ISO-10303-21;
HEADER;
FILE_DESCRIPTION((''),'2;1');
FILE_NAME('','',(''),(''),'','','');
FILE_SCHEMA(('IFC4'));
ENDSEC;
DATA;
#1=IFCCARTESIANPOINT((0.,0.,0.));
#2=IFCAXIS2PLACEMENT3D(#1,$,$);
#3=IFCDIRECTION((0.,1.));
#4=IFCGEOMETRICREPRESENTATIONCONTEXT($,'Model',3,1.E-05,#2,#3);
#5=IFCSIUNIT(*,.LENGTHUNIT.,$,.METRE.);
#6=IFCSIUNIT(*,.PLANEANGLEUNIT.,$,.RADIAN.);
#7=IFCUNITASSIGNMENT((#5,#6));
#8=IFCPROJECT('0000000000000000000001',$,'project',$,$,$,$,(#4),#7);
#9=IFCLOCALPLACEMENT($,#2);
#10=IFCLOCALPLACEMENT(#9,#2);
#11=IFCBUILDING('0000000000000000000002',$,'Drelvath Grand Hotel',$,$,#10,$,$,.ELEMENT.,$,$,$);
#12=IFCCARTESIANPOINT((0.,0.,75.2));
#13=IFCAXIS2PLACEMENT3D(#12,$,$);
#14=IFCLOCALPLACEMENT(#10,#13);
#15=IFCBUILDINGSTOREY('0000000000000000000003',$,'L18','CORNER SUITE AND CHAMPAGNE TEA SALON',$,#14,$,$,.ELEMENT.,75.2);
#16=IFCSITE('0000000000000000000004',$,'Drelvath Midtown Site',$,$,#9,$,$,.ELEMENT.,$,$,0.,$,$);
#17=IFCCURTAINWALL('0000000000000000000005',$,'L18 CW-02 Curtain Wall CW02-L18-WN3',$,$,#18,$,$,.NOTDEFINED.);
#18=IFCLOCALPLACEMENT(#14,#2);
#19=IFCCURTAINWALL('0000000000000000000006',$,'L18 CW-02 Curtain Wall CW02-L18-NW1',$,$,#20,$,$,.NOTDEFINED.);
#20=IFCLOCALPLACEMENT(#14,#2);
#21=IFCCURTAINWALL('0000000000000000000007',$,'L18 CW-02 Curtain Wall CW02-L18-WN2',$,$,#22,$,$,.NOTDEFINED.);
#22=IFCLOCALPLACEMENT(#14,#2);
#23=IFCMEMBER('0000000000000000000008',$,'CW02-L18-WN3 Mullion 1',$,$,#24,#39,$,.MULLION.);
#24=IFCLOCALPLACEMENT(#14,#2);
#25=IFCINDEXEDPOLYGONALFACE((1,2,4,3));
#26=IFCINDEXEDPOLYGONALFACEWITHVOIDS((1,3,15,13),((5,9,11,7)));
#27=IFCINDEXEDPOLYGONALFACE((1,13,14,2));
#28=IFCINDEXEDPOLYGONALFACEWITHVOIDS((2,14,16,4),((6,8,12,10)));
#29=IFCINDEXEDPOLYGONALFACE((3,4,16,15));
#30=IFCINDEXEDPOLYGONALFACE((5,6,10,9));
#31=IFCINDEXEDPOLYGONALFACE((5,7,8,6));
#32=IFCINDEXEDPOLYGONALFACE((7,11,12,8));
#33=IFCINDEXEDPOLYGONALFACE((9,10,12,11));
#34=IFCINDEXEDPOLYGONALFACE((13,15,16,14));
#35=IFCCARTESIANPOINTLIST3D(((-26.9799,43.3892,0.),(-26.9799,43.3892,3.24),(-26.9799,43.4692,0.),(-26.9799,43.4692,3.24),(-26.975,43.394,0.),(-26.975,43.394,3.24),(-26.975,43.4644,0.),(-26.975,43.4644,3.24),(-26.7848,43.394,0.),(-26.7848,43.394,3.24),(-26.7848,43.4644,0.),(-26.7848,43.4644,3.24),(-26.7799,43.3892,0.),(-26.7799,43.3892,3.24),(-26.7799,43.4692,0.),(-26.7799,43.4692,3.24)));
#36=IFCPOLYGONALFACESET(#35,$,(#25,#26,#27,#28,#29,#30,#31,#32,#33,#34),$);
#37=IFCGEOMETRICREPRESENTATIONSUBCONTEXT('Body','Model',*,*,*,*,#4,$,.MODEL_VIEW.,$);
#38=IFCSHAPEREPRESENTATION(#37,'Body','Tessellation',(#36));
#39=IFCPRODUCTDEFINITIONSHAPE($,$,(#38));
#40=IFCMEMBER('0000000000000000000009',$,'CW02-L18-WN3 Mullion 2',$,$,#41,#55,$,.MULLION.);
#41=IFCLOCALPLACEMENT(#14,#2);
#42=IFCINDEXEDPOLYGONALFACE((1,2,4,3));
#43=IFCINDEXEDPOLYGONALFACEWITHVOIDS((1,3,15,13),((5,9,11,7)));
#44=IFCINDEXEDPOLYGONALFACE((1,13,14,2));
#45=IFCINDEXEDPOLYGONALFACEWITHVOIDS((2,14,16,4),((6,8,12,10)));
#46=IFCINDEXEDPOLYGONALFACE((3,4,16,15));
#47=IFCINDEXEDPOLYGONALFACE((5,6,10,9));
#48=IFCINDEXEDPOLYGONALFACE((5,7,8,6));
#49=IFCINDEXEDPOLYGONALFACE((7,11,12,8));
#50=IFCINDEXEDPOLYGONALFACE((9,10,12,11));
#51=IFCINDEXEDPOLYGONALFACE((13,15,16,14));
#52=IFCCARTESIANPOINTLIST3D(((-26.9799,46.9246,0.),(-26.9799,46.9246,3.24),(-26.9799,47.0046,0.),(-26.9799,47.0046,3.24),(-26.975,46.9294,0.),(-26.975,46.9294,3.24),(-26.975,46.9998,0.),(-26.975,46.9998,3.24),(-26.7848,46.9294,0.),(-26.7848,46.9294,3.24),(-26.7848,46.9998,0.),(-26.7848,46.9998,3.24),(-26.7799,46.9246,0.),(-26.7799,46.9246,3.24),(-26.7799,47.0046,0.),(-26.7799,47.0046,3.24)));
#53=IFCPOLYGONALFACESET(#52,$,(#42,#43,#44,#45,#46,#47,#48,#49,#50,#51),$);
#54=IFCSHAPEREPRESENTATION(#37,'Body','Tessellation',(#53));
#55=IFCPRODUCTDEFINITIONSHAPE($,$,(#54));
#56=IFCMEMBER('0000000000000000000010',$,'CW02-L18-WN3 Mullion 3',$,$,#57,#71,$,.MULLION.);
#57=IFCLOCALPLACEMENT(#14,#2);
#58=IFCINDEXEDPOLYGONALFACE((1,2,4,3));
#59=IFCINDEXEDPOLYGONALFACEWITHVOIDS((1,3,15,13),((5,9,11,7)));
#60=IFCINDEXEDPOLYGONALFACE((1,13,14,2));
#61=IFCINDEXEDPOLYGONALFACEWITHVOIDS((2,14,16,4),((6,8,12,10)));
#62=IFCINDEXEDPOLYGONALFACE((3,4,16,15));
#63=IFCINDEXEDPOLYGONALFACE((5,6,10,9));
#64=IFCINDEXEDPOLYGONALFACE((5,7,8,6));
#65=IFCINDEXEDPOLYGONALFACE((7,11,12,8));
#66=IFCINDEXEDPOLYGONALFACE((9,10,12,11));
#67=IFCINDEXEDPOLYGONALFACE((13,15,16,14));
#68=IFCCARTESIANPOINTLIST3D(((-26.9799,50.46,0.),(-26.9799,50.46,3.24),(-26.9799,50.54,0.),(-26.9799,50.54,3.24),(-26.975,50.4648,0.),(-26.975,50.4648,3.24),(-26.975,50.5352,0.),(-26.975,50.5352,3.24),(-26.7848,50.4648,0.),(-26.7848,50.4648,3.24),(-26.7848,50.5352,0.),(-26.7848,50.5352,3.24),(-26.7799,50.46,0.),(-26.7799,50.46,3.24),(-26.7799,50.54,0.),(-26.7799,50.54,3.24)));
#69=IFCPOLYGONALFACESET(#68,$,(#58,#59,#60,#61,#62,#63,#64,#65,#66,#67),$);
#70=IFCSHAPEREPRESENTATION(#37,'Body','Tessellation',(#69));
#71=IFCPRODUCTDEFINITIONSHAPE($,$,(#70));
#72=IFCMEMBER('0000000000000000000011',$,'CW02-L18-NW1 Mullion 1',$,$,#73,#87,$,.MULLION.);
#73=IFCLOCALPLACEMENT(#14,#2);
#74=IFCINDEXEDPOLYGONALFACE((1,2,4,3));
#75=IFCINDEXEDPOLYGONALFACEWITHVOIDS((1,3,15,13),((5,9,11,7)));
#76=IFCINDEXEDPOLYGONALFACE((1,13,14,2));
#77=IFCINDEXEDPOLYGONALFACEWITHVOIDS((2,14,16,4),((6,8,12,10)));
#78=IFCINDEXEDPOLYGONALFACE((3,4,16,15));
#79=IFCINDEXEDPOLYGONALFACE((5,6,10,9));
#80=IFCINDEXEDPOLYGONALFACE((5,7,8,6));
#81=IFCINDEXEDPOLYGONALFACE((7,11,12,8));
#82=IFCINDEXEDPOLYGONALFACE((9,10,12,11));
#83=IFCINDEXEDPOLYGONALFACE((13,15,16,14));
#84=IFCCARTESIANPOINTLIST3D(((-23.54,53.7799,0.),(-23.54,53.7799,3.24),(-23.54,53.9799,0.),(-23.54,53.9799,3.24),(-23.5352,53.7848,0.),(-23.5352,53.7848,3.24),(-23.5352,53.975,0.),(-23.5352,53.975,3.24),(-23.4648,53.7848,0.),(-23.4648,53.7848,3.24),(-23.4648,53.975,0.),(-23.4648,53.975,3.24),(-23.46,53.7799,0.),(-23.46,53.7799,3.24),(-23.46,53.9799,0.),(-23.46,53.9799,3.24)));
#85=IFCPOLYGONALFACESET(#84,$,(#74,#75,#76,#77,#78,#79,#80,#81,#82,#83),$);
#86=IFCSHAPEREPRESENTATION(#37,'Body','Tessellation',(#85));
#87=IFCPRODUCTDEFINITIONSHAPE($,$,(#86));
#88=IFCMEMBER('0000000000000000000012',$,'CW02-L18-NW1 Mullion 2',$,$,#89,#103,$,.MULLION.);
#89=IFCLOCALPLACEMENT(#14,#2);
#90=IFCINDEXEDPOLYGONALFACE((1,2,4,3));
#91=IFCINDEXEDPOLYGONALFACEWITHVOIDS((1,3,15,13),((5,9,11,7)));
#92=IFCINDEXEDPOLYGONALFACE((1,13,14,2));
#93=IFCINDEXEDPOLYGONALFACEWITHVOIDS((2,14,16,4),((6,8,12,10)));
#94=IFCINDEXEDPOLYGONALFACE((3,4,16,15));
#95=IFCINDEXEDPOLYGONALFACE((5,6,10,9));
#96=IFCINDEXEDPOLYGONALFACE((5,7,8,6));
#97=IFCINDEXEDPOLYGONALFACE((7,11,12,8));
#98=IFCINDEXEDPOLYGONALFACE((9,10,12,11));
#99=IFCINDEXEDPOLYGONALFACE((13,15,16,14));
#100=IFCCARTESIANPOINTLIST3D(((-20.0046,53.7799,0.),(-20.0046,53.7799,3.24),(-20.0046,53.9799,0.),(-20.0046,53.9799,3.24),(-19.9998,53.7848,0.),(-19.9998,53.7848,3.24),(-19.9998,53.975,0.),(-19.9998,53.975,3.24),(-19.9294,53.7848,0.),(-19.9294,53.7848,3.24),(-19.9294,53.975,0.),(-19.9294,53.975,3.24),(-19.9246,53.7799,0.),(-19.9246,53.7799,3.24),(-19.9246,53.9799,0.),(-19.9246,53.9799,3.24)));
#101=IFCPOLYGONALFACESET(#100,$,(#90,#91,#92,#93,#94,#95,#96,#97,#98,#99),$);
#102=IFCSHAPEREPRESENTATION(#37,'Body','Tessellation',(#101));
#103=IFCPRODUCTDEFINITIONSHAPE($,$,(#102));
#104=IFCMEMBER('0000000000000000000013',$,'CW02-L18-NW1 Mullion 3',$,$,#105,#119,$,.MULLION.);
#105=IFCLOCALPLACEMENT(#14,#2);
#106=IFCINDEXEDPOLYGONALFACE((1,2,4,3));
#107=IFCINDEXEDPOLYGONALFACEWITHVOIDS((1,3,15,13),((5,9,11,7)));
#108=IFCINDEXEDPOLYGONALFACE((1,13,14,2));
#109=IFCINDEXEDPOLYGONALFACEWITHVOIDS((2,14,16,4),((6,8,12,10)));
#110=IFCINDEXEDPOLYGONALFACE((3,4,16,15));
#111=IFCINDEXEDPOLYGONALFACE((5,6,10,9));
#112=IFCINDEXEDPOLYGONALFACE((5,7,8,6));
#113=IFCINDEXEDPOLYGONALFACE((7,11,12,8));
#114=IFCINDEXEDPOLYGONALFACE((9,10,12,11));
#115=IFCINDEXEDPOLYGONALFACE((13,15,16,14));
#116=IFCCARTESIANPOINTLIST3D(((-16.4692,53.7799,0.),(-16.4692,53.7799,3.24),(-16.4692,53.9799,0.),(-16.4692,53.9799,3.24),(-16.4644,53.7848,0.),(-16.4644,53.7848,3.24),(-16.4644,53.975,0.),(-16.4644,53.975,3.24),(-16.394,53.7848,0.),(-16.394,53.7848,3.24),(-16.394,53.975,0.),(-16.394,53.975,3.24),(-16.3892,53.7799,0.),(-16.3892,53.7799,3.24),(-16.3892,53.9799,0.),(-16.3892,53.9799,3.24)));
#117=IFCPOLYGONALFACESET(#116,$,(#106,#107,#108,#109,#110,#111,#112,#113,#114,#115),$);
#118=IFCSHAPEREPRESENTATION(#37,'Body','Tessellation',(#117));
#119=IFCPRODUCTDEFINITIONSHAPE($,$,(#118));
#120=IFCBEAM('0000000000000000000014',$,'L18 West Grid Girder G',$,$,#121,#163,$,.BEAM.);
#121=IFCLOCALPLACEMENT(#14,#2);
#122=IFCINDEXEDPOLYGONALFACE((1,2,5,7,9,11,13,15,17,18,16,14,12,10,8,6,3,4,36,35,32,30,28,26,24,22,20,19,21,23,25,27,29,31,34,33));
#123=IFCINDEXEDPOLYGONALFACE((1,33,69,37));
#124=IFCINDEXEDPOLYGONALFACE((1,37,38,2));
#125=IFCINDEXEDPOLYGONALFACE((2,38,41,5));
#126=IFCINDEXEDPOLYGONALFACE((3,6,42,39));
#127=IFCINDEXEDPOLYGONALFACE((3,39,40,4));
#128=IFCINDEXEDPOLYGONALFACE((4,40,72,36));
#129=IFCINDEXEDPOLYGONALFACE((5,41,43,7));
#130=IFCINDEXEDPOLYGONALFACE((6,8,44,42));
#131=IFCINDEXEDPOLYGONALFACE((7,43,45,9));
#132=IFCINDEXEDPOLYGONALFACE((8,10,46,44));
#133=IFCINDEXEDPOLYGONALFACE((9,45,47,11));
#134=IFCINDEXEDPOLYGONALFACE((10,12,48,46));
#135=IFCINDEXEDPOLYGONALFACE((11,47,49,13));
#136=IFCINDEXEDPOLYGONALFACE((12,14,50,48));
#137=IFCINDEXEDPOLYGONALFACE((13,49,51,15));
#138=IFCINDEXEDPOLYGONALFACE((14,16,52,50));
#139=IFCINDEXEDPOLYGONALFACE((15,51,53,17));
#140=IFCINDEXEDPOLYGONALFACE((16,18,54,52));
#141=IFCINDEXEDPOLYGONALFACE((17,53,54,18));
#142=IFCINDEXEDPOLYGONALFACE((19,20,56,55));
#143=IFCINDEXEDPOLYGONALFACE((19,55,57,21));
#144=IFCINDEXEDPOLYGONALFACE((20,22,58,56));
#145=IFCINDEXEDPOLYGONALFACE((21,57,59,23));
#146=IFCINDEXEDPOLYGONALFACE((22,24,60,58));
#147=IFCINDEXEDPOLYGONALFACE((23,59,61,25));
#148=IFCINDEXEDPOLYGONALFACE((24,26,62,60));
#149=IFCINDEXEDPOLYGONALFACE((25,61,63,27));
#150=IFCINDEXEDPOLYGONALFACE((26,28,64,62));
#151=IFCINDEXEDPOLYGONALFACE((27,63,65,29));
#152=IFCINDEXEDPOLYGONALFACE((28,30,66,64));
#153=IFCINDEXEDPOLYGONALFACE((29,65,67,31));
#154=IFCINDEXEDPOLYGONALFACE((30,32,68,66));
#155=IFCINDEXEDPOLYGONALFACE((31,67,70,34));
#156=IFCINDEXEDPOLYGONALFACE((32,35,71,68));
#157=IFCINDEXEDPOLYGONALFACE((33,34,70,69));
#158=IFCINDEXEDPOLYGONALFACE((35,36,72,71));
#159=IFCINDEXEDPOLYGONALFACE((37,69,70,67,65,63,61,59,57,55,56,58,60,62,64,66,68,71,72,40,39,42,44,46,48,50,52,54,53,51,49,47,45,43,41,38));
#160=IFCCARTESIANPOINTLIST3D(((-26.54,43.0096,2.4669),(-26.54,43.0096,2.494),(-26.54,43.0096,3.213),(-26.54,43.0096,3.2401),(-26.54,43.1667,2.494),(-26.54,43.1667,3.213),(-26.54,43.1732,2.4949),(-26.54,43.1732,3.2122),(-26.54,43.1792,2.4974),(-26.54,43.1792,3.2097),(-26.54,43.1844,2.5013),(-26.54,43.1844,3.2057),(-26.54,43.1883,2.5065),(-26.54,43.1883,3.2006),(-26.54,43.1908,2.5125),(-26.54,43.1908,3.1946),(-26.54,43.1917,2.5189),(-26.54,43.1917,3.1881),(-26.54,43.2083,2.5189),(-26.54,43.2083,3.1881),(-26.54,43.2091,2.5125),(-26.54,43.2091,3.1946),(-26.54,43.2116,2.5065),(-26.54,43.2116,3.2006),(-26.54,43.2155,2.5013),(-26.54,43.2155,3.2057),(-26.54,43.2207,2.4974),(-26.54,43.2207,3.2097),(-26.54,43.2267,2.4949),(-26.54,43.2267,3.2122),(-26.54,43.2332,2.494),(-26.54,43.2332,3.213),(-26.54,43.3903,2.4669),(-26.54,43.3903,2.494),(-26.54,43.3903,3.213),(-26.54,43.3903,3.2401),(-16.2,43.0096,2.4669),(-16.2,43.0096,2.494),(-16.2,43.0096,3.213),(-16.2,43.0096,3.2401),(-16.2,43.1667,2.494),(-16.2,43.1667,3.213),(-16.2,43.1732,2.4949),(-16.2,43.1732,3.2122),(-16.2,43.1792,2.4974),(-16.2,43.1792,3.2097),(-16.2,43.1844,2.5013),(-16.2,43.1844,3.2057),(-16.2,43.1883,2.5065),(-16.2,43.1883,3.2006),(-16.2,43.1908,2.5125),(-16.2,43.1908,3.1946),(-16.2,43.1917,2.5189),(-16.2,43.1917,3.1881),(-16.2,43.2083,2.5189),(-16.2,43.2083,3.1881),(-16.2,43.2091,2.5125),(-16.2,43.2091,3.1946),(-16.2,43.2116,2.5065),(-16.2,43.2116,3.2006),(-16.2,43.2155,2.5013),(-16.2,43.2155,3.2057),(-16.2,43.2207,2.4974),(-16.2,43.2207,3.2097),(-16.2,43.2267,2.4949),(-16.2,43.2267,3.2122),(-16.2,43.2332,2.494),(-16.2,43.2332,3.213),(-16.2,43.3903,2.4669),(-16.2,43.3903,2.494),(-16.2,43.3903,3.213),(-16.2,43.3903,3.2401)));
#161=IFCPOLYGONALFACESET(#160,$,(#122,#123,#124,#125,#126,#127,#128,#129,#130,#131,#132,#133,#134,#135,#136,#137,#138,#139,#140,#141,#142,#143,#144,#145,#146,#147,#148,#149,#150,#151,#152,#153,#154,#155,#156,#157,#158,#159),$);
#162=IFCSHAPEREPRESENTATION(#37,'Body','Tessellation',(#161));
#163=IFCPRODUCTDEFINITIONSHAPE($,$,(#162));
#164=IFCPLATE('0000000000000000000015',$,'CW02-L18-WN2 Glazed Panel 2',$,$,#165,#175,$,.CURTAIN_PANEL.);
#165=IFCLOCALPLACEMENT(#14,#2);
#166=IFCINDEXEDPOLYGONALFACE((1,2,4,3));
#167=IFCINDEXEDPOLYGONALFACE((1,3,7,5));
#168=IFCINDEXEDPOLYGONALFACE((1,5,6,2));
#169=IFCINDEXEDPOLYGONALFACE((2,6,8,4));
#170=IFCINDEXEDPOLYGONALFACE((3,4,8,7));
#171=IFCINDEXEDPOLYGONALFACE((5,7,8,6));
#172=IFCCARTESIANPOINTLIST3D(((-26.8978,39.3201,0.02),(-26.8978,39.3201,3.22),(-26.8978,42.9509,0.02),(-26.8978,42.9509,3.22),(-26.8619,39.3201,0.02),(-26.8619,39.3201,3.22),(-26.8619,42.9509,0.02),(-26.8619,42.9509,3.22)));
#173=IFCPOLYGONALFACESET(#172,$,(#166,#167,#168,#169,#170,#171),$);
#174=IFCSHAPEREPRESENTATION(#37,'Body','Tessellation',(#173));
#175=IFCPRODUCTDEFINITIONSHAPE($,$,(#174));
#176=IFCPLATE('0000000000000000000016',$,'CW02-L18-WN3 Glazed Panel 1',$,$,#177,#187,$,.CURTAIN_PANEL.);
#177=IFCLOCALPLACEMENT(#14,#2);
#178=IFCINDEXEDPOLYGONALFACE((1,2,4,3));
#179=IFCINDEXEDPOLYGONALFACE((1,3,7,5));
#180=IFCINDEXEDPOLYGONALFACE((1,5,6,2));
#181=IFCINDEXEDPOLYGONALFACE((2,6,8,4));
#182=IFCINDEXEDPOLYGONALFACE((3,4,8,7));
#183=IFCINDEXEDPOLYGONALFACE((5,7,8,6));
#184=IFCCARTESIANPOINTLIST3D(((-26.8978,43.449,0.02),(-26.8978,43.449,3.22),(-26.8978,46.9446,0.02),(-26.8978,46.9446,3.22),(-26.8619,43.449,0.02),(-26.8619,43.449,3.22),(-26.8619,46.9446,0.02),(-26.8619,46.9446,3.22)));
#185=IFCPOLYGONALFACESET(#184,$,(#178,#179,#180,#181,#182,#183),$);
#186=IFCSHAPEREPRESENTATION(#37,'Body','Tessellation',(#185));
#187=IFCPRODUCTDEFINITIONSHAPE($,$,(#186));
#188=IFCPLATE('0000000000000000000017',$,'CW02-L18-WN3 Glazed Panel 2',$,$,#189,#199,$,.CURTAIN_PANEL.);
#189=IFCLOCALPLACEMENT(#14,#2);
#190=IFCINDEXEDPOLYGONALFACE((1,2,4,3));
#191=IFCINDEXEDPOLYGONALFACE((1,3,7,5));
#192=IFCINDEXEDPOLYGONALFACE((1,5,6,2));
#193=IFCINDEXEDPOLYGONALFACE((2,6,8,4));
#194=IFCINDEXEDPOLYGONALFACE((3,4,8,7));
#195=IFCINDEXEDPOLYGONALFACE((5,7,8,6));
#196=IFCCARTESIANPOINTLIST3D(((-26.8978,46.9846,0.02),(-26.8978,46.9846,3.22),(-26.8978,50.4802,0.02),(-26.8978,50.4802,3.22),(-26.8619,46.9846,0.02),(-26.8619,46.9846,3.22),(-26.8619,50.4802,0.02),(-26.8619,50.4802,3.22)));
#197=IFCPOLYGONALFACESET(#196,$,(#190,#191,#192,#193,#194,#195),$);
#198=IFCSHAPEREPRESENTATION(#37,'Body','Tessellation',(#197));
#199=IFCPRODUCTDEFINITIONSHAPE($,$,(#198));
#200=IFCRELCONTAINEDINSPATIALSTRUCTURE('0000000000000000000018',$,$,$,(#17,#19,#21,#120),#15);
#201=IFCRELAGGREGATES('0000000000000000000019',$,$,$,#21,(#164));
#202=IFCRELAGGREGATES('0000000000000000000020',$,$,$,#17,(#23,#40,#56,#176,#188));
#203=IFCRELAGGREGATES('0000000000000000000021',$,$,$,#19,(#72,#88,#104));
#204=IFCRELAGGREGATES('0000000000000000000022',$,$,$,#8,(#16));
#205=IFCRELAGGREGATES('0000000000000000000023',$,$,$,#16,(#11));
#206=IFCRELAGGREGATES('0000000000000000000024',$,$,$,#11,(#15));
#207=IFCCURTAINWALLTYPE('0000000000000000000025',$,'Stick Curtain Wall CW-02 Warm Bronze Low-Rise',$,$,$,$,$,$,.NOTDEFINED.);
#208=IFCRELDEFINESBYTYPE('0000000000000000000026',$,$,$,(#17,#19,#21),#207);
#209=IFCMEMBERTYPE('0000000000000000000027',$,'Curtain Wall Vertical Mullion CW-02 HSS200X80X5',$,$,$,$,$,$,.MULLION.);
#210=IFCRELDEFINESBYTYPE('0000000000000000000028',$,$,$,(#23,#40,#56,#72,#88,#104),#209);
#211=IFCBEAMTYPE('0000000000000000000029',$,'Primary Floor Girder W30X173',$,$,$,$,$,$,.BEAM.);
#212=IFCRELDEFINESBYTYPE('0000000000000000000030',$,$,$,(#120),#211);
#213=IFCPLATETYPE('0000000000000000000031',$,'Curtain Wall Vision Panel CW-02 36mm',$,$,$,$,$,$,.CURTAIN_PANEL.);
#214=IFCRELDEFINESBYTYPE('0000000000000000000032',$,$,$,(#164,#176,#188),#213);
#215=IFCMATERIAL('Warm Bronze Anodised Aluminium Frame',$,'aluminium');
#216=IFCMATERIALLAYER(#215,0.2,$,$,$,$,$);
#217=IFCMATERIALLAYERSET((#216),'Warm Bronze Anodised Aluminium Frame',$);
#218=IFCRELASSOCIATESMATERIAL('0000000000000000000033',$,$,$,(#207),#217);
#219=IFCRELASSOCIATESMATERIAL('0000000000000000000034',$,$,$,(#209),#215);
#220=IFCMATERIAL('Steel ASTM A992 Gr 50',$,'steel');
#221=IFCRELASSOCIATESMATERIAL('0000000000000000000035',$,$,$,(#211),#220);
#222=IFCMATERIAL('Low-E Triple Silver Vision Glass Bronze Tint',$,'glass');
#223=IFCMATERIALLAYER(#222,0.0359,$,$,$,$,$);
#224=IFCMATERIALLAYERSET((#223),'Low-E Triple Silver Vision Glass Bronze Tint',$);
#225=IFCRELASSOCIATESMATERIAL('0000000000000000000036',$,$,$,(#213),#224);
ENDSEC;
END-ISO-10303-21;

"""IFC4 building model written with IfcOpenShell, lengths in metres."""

from ifc_helpers import new_model, si_unit, direction, frame, origin, origin_2d, place, context, subcontext, project, spatial, rectangle, hollow_rectangle, i_section, extrude, material, layer, layer_set, material_profile, profile_set, type_object, element, aggregate, save


model = new_model("IFC4")

# Units and contexts
model_context = context("Model", 3, precision=1e-05, world=origin(), true_north=direction((0.0, 1.0)))
body_context = subcontext(model_context, "Body", "Model", "MODEL_VIEW")
ifc_project = project(units=[si_unit("LENGTHUNIT", "METRE"), si_unit("PLANEANGLEUNIT", "RADIAN")], contexts=[model_context])

# Site, building, storey
site_placement = place(None, origin())
site = spatial("IfcSite", under=ifc_project, at=site_placement, Name="Drelvath Midtown Site", CompositionType="ELEMENT", RefElevation=0.0)
building_placement = place(site_placement, origin())
building = spatial("IfcBuilding", under=site, at=building_placement, Name="Drelvath Grand Hotel", CompositionType="ELEMENT")
storey_placement = place(building_placement, frame((0.0, 0.0, 75.2)))
storey = spatial("IfcBuildingStorey", under=building, at=storey_placement, Name="L18", Description="CORNER SUITE AND CHAMPAGNE TEA SALON", CompositionType="ELEMENT", Elevation=75.2)

# Shared definitions
ifc_material_1 = material(Name="Steel ASTM A992 Gr 50", Category="steel")

# Curtain walls
ifc_material_2 = material(Name="Warm Bronze Anodised Aluminium Frame", Category="aluminium")
ifc_layer_1 = layer(ifc_material_2, 0.2)
ifc_layer_set_1 = layer_set([ifc_layer_1], Name="Warm Bronze Anodised Aluminium Frame")
curtain_wall_type = type_object("IfcCurtainWallType", Name="Stick Curtain Wall CW-02 Warm Bronze Low-Rise", PredefinedType="NOTDEFINED", material=ifc_layer_set_1)
curtain_wall_1_placement = place(storey_placement, origin())
curtain_wall_1 = element("IfcCurtainWall", 1, at=curtain_wall_1_placement, inside=storey, type_object=curtain_wall_type, Name="L18 CW-02 Curtain Wall CW02-L18-WN3", PredefinedType="NOTDEFINED")
curtain_wall_2_placement = place(storey_placement, origin())
curtain_wall_2 = element("IfcCurtainWall", 2, at=curtain_wall_2_placement, inside=storey, type_object=curtain_wall_type, Name="L18 CW-02 Curtain Wall CW02-L18-NW1", PredefinedType="NOTDEFINED")

# Curtain wall
curtain_wall_3_placement = place(storey_placement, origin())
curtain_wall_3 = element("IfcCurtainWall", 3, at=curtain_wall_3_placement, inside=storey, type_object=curtain_wall_type, Name="L18 CW-02 Curtain Wall CW02-L18-WN2", PredefinedType="NOTDEFINED")
ifc_material_profile_1 = material_profile(ifc_material_2, hollow_rectangle(XDim=0.0801, YDim=0.2, WallThickness=0.0049, at=origin_2d()), Name="HSS200X80X5")
ifc_profile_set_1 = profile_set([ifc_material_profile_1], Name="Warm Bronze Anodised Aluminium Frame")
member_type_1 = type_object("IfcMemberType", Name="Curtain Wall Vertical Mullion CW-02 HSS200X80X5", PredefinedType="MULLION", material=ifc_profile_set_1)

# Members
member_1_placement = place(storey_placement, frame((-26.8799, 43.4292, 0.0), z_axis=(0.0, 0.0, 1.0), x_axis=(0.0, 1.0, 0.0)))
member_1 = element("IfcMember", 4, at=member_1_placement, type_object=member_type_1, Name="CW02-L18-WN3 Mullion 1", PredefinedType="MULLION", context=body_context, shape_type="SweptSolid", body=[
    extrude(hollow_rectangle(XDim=0.0801, YDim=0.2, WallThickness=0.0049, at=origin_2d()), origin(), (0.0, 0.0, 1.0), 3.24),
])
member_2_placement = place(storey_placement, frame((-26.8799, 46.9646, 0.0), z_axis=(0.0, 0.0, 1.0), x_axis=(0.0, 1.0, 0.0)))
member_2 = element("IfcMember", 5, at=member_2_placement, type_object=member_type_1, Name="CW02-L18-WN3 Mullion 2", PredefinedType="MULLION", context=body_context, shape_type="SweptSolid", body=[
    extrude(hollow_rectangle(XDim=0.0801, YDim=0.2, WallThickness=0.0049, at=origin_2d()), origin(), (0.0, 0.0, 1.0), 3.24),
])
member_3_placement = place(storey_placement, frame((-26.8799, 50.5, 0.0), z_axis=(0.0, 0.0, 1.0), x_axis=(0.0, 1.0, 0.0)))
member_3 = element("IfcMember", 6, at=member_3_placement, type_object=member_type_1, Name="CW02-L18-WN3 Mullion 3", PredefinedType="MULLION", context=body_context, shape_type="SweptSolid", body=[
    extrude(hollow_rectangle(XDim=0.0801, YDim=0.2, WallThickness=0.0049, at=origin_2d()), origin(), (0.0, 0.0, 1.0), 3.24),
])
member_4_placement = place(storey_placement, frame((-23.5, 53.8799, 0.0), z_axis=(0.0, 0.0, 1.0), x_axis=(1.0, 0.0, 0.0)))
member_4 = element("IfcMember", 7, at=member_4_placement, type_object=member_type_1, Name="CW02-L18-NW1 Mullion 1", PredefinedType="MULLION", context=body_context, shape_type="SweptSolid", body=[
    extrude(hollow_rectangle(XDim=0.0801, YDim=0.2, WallThickness=0.0049, at=origin_2d()), origin(), (0.0, 0.0, 1.0), 3.24),
])
member_5_placement = place(storey_placement, frame((-19.9646, 53.8799, 0.0), z_axis=(0.0, 0.0, 1.0), x_axis=(1.0, 0.0, 0.0)))
member_5 = element("IfcMember", 8, at=member_5_placement, type_object=member_type_1, Name="CW02-L18-NW1 Mullion 2", PredefinedType="MULLION", context=body_context, shape_type="SweptSolid", body=[
    extrude(hollow_rectangle(XDim=0.0801, YDim=0.2, WallThickness=0.0049, at=origin_2d()), origin(), (0.0, 0.0, 1.0), 3.24),
])
member_6_placement = place(storey_placement, frame((-16.4292, 53.8799, 0.0), z_axis=(0.0, 0.0, 1.0), x_axis=(1.0, 0.0, 0.0)))
member_6 = element("IfcMember", 9, at=member_6_placement, type_object=member_type_1, Name="CW02-L18-NW1 Mullion 3", PredefinedType="MULLION", context=body_context, shape_type="SweptSolid", body=[
    extrude(hollow_rectangle(XDim=0.0801, YDim=0.2, WallThickness=0.0049, at=origin_2d()), origin(), (0.0, 0.0, 1.0), 3.24),
])

# Beam
ifc_material_profile_2 = material_profile(ifc_material_1, i_section(OverallWidth=0.3806, OverallDepth=0.7732, WebThickness=0.0166, FlangeThickness=0.0271, FilletRadius=0.0249, at=origin_2d()), Name="W30X173")
ifc_profile_set_2 = profile_set([ifc_material_profile_2], Name="Steel ASTM A992 Gr 50")
beam_type_1 = type_object("IfcBeamType", Name="Primary Floor Girder W30X173", PredefinedType="BEAM", material=ifc_profile_set_2)
beam_1_placement = place(storey_placement, frame((-26.54, 43.2, 2.8535), z_axis=(1.0, 0.0, 0.0), x_axis=(0.0, 1.0, 0.0)))
element("IfcBeam", 10, at=beam_1_placement, inside=storey, type_object=beam_type_1, Name="L18 West Grid Girder G", PredefinedType="BEAM", context=body_context, shape_type="SweptSolid", body=[
    extrude(i_section(OverallWidth=0.3806, OverallDepth=0.7732, WebThickness=0.0166, FlangeThickness=0.0271, FilletRadius=0.0249, at=origin_2d()), origin(), (0.0, 0.0, 1.0), 10.3401),
])

# Plates
ifc_material_3 = material(Name="Low-E Triple Silver Vision Glass Bronze Tint", Category="glass")
ifc_layer_2 = layer(ifc_material_3, 0.0359)
ifc_layer_set_2 = layer_set([ifc_layer_2], Name="Low-E Triple Silver Vision Glass Bronze Tint")
plate_type = type_object("IfcPlateType", Name="Curtain Wall Vision Panel CW-02 36mm", PredefinedType="CURTAIN_PANEL", material=ifc_layer_set_2)
plate_1_placement = place(storey_placement, frame((-26.8799, 41.1355, 0.02), z_axis=(0.0, 0.0, 1.0), x_axis=(0.0, 1.0, 0.0)))
plate_1 = element("IfcPlate", 11, at=plate_1_placement, type_object=plate_type, Name="CW02-L18-WN2 Glazed Panel 2", PredefinedType="CURTAIN_PANEL", context=body_context, shape_type="SweptSolid", body=[
    extrude(rectangle(XDim=3.6309, YDim=0.0359, at=origin_2d()), origin(), (0.0, 0.0, 1.0), 3.2),
])
aggregate(curtain_wall_3, [plate_1])
plate_2_placement = place(storey_placement, frame((-26.8799, 45.1968, 0.02), z_axis=(0.0, 0.0, 1.0), x_axis=(0.0, 1.0, 0.0)))
plate_2 = element("IfcPlate", 12, at=plate_2_placement, type_object=plate_type, Name="CW02-L18-WN3 Glazed Panel 1", PredefinedType="CURTAIN_PANEL", context=body_context, shape_type="SweptSolid", body=[
    extrude(rectangle(XDim=3.4956, YDim=0.0359, at=origin_2d()), origin(), (0.0, 0.0, 1.0), 3.2),
])
plate_3_placement = place(storey_placement, frame((-26.8799, 48.7324, 0.02), z_axis=(0.0, 0.0, 1.0), x_axis=(0.0, 1.0, 0.0)))
plate_3 = element("IfcPlate", 13, at=plate_3_placement, type_object=plate_type, Name="CW02-L18-WN3 Glazed Panel 2", PredefinedType="CURTAIN_PANEL", context=body_context, shape_type="SweptSolid", body=[
    extrude(rectangle(XDim=3.4956, YDim=0.0359, at=origin_2d()), origin(), (0.0, 0.0, 1.0), 3.2),
])
aggregate(curtain_wall_1, [member_1, member_2, member_3, plate_2, plate_3])
aggregate(curtain_wall_2, [member_4, member_5, member_6])

save(model, "model.ifc")
